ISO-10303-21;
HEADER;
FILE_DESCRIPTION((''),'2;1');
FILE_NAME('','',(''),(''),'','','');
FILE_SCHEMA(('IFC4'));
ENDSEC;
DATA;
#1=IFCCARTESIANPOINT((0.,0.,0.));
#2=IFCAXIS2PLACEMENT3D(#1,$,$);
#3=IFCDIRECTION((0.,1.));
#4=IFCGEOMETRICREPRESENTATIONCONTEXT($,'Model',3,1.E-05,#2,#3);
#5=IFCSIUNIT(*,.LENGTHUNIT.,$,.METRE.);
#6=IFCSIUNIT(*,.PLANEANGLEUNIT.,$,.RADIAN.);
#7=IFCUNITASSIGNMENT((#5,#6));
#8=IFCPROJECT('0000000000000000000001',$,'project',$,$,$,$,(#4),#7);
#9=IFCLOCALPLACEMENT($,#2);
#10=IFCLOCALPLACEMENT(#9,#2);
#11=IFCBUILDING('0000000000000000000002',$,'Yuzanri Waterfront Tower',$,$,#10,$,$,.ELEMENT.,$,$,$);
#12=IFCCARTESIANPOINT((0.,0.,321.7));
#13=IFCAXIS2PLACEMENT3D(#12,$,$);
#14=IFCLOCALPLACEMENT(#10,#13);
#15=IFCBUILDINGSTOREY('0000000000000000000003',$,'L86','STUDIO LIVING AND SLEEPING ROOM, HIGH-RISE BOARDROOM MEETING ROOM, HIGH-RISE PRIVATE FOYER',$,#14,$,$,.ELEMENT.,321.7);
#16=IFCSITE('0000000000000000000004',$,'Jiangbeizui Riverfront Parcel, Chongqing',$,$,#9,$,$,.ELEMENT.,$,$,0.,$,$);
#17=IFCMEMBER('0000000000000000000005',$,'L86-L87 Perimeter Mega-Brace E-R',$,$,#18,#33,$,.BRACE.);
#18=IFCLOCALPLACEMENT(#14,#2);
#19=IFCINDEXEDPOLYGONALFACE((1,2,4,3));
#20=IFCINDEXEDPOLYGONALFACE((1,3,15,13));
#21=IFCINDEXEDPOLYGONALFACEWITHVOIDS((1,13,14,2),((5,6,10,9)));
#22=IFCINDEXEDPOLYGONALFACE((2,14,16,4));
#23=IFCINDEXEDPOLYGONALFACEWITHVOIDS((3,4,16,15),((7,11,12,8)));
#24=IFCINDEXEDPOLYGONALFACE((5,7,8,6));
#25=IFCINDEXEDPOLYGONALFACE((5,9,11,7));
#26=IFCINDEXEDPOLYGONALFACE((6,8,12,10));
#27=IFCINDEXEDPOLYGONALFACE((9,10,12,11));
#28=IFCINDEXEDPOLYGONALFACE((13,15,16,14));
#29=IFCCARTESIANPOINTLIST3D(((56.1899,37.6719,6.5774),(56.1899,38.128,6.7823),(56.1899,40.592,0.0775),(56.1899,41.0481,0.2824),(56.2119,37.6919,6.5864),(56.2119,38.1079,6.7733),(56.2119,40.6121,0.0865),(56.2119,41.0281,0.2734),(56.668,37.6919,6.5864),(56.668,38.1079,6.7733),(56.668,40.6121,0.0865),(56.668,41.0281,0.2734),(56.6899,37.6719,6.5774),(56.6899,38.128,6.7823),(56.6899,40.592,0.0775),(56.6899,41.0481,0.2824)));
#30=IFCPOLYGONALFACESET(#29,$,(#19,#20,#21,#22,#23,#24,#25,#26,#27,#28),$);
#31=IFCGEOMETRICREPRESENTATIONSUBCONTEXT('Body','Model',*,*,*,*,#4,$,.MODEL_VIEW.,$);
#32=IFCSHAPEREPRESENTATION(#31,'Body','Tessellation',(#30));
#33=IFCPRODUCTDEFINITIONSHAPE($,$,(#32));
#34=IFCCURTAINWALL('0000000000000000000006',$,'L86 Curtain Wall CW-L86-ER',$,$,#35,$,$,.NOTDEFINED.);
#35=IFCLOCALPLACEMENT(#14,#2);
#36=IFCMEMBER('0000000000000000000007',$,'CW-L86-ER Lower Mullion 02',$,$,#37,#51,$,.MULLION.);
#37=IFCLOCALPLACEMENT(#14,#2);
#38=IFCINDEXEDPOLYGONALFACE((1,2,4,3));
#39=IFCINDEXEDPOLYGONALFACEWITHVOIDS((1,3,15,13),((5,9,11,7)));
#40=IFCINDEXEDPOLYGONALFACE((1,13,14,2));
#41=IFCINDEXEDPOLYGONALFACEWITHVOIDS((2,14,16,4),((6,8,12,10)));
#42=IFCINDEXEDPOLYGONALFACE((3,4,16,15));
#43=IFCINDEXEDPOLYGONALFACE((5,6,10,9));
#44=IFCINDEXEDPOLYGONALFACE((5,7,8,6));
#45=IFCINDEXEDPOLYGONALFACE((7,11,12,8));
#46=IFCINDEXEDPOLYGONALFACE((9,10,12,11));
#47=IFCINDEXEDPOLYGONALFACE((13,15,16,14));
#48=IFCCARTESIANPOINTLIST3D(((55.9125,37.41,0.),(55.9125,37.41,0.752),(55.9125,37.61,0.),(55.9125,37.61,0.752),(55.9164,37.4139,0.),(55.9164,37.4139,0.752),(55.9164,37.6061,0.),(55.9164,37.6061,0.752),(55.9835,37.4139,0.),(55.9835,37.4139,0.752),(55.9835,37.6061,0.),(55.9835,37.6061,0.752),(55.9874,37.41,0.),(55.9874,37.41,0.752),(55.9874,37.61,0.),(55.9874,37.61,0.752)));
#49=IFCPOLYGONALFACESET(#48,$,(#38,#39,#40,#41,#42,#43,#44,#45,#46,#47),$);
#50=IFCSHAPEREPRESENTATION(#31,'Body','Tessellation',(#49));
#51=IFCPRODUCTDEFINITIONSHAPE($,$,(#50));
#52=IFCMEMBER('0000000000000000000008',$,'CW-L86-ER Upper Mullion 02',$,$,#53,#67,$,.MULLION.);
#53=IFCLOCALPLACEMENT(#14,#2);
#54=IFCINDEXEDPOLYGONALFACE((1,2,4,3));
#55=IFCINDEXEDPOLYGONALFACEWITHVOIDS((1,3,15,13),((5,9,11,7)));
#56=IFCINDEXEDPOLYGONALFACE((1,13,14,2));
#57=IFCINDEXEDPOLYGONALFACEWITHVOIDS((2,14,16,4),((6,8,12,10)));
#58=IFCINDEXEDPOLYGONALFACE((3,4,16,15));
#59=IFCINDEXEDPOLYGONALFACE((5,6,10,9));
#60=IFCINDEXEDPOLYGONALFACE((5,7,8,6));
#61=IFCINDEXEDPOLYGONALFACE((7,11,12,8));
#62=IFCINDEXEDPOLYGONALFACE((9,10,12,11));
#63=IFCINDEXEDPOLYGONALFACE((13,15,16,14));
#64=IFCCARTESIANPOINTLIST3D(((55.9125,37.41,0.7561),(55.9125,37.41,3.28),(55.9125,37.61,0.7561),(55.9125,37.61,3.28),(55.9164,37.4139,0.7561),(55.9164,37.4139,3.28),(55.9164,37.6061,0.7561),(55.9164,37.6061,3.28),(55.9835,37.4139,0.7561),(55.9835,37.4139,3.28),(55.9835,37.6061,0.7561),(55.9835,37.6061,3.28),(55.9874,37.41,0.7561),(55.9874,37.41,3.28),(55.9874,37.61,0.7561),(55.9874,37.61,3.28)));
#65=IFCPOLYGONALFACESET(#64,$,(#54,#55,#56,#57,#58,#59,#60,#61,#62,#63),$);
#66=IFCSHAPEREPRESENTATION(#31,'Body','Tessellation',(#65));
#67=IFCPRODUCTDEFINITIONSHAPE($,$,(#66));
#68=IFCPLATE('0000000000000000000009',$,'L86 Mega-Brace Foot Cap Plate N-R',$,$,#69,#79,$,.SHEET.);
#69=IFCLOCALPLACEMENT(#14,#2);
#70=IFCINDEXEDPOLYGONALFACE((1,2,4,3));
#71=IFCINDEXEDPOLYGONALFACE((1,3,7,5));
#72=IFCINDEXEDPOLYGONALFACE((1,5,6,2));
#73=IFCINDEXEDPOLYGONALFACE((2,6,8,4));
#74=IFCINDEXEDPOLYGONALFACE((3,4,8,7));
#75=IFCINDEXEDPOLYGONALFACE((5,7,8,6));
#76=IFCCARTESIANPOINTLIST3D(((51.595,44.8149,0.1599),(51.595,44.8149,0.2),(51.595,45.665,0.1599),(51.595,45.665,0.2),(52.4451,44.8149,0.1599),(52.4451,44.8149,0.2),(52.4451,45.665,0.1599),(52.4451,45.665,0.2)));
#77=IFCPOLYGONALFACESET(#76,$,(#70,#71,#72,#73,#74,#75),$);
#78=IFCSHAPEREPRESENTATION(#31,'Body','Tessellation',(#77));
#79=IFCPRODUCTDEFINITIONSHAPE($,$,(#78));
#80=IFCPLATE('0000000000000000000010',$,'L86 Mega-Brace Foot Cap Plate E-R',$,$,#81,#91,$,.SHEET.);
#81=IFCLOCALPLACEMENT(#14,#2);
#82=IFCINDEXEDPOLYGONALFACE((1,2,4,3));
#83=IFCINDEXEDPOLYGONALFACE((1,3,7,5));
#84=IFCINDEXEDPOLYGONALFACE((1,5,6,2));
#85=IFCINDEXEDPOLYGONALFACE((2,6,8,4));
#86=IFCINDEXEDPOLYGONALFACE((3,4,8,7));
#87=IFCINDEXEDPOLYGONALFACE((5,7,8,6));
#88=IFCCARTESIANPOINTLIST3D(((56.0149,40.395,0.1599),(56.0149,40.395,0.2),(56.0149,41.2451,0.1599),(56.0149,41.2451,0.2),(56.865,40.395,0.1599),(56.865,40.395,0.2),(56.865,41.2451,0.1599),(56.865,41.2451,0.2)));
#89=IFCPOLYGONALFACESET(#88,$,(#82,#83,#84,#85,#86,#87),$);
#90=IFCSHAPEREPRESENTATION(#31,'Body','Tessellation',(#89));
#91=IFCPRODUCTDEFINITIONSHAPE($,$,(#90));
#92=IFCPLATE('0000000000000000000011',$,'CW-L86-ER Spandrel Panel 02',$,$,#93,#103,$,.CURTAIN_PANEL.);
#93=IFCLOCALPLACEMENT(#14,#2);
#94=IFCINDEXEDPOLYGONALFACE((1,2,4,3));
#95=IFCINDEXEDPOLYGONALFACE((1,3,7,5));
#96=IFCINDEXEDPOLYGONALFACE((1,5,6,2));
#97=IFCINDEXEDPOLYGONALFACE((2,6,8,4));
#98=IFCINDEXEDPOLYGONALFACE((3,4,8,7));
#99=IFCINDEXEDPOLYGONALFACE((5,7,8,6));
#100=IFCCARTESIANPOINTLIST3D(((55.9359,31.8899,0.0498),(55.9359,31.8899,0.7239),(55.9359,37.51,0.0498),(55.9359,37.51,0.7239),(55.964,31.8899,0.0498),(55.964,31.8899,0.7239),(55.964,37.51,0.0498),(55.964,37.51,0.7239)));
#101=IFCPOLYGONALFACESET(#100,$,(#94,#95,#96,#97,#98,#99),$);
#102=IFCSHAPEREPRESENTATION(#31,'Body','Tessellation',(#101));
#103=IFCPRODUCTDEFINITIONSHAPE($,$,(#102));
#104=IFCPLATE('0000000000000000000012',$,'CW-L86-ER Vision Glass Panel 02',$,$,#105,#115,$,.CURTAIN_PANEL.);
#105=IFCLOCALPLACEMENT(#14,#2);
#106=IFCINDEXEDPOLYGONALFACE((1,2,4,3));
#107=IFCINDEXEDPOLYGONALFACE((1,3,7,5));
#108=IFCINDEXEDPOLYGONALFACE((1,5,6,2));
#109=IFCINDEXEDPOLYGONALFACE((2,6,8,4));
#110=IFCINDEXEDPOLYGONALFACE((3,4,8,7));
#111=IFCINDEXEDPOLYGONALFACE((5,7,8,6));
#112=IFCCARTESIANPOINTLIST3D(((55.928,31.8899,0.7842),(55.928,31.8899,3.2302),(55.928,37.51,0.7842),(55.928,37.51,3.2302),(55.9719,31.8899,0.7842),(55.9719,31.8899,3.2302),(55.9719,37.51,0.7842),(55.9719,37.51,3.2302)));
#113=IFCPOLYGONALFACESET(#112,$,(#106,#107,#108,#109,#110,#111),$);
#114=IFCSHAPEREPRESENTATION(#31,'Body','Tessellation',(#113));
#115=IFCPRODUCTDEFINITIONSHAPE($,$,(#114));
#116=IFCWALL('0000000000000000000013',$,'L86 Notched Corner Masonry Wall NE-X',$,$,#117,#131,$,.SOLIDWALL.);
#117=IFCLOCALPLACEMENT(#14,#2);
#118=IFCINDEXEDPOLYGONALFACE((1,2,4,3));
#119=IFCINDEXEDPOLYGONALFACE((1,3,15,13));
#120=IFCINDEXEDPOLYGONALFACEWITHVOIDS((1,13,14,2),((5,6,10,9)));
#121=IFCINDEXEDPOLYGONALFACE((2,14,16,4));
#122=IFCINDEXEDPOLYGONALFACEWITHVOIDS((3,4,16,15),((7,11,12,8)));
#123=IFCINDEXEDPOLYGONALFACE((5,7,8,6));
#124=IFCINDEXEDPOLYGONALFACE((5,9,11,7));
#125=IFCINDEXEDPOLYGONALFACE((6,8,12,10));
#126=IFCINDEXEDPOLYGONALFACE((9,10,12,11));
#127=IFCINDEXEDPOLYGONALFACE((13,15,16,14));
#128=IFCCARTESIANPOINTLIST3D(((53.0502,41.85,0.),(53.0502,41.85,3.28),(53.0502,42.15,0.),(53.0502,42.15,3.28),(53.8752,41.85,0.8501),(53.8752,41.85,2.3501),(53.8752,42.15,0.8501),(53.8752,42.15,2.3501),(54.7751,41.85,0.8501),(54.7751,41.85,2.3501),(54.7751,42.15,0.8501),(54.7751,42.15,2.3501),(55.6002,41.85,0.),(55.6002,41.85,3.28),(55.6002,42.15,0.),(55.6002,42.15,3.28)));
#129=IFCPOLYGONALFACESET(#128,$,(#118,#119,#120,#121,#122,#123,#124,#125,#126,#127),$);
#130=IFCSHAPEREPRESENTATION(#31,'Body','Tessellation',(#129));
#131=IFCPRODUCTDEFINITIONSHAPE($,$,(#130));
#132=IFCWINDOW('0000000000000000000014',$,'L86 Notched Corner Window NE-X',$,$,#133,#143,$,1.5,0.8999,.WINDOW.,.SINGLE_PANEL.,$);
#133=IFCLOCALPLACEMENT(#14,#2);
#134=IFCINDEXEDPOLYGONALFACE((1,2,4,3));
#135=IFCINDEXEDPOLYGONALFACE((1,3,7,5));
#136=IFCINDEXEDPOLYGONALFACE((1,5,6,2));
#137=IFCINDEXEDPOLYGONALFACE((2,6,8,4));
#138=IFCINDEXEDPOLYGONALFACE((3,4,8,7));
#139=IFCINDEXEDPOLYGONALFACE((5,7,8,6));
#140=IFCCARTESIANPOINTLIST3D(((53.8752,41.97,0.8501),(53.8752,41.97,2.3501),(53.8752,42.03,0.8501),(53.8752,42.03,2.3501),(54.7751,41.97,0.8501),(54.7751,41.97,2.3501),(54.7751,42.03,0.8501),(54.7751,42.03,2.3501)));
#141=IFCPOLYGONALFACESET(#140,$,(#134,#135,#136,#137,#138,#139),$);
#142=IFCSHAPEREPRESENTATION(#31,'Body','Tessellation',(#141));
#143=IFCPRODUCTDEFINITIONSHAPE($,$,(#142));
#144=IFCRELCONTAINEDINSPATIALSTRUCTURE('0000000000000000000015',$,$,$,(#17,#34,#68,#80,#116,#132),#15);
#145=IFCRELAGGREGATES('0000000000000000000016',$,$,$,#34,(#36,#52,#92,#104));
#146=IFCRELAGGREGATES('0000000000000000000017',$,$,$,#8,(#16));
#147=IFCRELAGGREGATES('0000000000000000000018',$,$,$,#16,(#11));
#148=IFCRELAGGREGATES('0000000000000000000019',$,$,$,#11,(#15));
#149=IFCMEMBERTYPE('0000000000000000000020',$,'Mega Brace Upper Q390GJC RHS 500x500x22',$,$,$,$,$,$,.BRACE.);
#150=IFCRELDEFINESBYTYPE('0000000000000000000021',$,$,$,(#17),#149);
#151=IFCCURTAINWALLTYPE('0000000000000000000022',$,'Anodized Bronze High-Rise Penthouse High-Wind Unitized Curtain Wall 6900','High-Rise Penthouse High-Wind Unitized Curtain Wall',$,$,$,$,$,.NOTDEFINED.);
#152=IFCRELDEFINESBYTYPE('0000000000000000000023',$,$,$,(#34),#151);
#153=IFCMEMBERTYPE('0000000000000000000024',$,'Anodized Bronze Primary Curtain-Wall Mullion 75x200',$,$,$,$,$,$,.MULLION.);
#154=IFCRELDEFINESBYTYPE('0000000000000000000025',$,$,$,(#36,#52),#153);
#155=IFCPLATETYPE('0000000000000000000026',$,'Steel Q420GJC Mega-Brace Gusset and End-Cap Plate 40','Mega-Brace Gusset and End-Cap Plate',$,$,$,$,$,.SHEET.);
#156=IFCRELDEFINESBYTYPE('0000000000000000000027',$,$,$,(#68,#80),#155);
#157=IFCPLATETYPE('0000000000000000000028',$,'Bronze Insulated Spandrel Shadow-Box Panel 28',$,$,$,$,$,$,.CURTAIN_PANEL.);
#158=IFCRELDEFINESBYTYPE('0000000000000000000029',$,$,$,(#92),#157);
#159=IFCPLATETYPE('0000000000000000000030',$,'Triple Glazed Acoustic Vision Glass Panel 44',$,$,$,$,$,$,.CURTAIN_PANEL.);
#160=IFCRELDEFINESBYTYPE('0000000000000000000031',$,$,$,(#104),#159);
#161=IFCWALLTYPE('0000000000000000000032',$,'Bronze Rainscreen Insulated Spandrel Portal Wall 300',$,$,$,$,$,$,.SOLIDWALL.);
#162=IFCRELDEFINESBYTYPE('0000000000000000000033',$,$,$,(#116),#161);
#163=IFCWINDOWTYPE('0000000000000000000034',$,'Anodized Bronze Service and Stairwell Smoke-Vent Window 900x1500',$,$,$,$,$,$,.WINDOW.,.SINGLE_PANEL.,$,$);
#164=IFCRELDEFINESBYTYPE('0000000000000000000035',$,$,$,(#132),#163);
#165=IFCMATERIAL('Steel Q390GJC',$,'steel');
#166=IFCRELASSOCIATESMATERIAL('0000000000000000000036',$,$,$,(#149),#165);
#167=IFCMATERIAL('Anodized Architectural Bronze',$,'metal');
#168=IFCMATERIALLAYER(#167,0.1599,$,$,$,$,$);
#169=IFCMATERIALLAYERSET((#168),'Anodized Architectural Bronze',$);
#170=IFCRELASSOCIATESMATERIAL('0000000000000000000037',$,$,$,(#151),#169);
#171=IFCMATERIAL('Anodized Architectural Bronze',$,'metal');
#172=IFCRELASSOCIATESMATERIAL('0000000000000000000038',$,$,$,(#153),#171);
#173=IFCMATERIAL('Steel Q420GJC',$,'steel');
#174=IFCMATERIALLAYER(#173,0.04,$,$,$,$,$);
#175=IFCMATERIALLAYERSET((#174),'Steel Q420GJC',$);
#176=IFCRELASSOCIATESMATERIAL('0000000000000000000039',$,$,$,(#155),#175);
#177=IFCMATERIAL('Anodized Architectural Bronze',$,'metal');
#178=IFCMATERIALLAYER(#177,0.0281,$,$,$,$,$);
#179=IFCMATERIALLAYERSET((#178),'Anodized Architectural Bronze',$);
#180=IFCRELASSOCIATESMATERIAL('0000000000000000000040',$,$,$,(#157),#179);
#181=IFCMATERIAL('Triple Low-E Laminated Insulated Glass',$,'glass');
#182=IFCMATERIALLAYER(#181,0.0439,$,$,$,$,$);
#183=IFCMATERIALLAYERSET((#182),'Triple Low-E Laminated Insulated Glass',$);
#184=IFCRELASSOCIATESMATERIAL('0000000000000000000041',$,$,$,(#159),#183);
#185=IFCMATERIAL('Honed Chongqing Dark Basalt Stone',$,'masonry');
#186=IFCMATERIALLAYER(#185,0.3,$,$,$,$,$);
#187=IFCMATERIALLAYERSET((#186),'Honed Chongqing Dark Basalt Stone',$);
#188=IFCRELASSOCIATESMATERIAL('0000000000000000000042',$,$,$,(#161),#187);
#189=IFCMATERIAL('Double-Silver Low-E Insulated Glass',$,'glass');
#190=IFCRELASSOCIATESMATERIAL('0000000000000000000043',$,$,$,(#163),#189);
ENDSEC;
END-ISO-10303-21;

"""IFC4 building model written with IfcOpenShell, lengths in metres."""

from ifc_helpers import new_model, si_unit, direction, frame, frame_2d, origin, origin_2d, place, context, subcontext, project, spatial, rectangle, hollow_rectangle, extrude, source, transform, mapped, material, layer, layer_set, material_profile, profile_set, type_object, element, fill, aggregate, save


model = new_model("IFC4")

# Units and contexts
model_context = context("Model", 3, precision=1e-05, world=origin(), true_north=direction((0.0, 1.0)))
body_context = subcontext(model_context, "Body", "Model", "MODEL_VIEW")
ifc_project = project(units=[si_unit("LENGTHUNIT", "METRE"), si_unit("PLANEANGLEUNIT", "RADIAN")], contexts=[model_context])

# Site, building, storey
site_placement = place(None, origin())
site = spatial("IfcSite", under=ifc_project, at=site_placement, Name="Jiangbeizui Riverfront Parcel, Chongqing", CompositionType="ELEMENT", RefElevation=0.0)
building_placement = place(site_placement, origin())
building = spatial("IfcBuilding", under=site, at=building_placement, Name="Yuzanri Waterfront Tower", CompositionType="ELEMENT")
storey_placement = place(building_placement, frame((0.0, 0.0, 321.7)))
storey = spatial("IfcBuildingStorey", under=building, at=storey_placement, Name="L86", Description="STUDIO LIVING AND SLEEPING ROOM, HIGH-RISE BOARDROOM MEETING ROOM, HIGH-RISE PRIVATE FOYER", CompositionType="ELEMENT", Elevation=321.7)

# Member
ifc_material_1 = material(Name="Steel Q390GJC", Category="steel")
ifc_material_profile_1 = material_profile(ifc_material_1, hollow_rectangle(XDim=0.5, YDim=0.5, WallThickness=0.022, at=origin_2d()), Name="RHS 500x500x22")
ifc_profile_set_1 = profile_set([ifc_material_profile_1], Name="Steel Q390GJC")
member_type_1 = type_object("IfcMemberType", Name="Mega Brace Upper Q390GJC RHS 500x500x22", PredefinedType="BRACE", material=ifc_profile_set_1)
shared_shape_1 = source(origin(), body_context, "Body", "SweptSolid", [
    extrude(hollow_rectangle(XDim=0.5, YDim=0.5, WallThickness=0.022, at=origin_2d()), origin(), (0.0, 0.0, 1.0), 7.1257),
])
for number, where, z_axis, x_axis, name in (
    (1, (56.4399, 40.8201, 0.1799), (0.0, -0.4098, 0.912175), (1.0, 0.0, 0.0), "L86-L87 Perimeter Mega-Brace E-R"),
):
    element("IfcMember", number, at=place(storey_placement, frame(where, z_axis=z_axis, x_axis=x_axis)), inside=storey, type_object=member_type_1, Name=name, PredefinedType="BRACE", context=body_context, shape_type="MappedRepresentation", body=[
        mapped(shared_shape_1, transform((0.0, 0.0, 0.0), scale=1.0)),
    ])

# Curtain wall, members
ifc_material_2 = material(Name="Anodized Architectural Bronze", Category="metal")
ifc_layer_1 = layer(ifc_material_2, 0.1599)
ifc_layer_set_1 = layer_set([ifc_layer_1], Name="Anodized Architectural Bronze")
curtain_wall_type = type_object("IfcCurtainWallType", Name="Anodized Bronze High-Rise Penthouse High-Wind Unitized Curtain Wall 6900", Description="High-Rise Penthouse High-Wind Unitized Curtain Wall", PredefinedType="NOTDEFINED", material=ifc_layer_set_1)
curtain_wall_placement = place(storey_placement, origin())
curtain_wall = element("IfcCurtainWall", 2, at=curtain_wall_placement, inside=storey, type_object=curtain_wall_type, Name="L86 Curtain Wall CW-L86-ER", PredefinedType="NOTDEFINED")
ifc_material_3 = material(Name="Anodized Architectural Bronze", Category="metal")
ifc_material_profile_2 = material_profile(ifc_material_3, hollow_rectangle(XDim=0.075, YDim=0.2, WallThickness=0.0039, at=origin_2d()), Name="CWM 75x200")
ifc_profile_set_2 = profile_set([ifc_material_profile_2], Name="Anodized Architectural Bronze")
member_type_2 = type_object("IfcMemberType", Name="Anodized Bronze Primary Curtain-Wall Mullion 75x200", PredefinedType="MULLION", material=ifc_profile_set_2)
shared_shape_2 = source(origin(), body_context, "Body", "SweptSolid", [
    extrude(hollow_rectangle(XDim=0.075, YDim=0.2, WallThickness=0.0039, at=origin_2d()), origin(), (0.0, 0.0, 1.0), 0.752),
])
member_1_placement = place(storey_placement, frame((55.95, 37.51, 0.0), z_axis=(0.0, 0.0, 1.0), x_axis=(1.0, 0.0, 0.0)))
member_1 = element("IfcMember", 3, at=member_1_placement, type_object=member_type_2, Name="CW-L86-ER Lower Mullion 02", PredefinedType="MULLION", context=body_context, shape_type="MappedRepresentation", body=[
    mapped(shared_shape_2, transform((0.0, 0.0, 0.0), scale=1.0)),
])
shared_shape_3 = source(origin(), body_context, "Body", "SweptSolid", [
    extrude(hollow_rectangle(XDim=0.075, YDim=0.2, WallThickness=0.0039, at=origin_2d()), origin(), (0.0, 0.0, 1.0), 2.5239),
])
member_2_placement = place(storey_placement, frame((55.95, 37.51, 0.7561), z_axis=(0.0, 0.0, 1.0), x_axis=(1.0, 0.0, 0.0)))
member_2 = element("IfcMember", 4, at=member_2_placement, type_object=member_type_2, Name="CW-L86-ER Upper Mullion 02", PredefinedType="MULLION", context=body_context, shape_type="MappedRepresentation", body=[
    mapped(shared_shape_3, transform((0.0, 0.0, 0.0), scale=1.0)),
])

# Plates
ifc_material_4 = material(Name="Steel Q420GJC", Category="steel")
ifc_layer_2 = layer(ifc_material_4, 0.04)
ifc_layer_set_2 = layer_set([ifc_layer_2], Name="Steel Q420GJC")
plate_type_1 = type_object("IfcPlateType", Name="Steel Q420GJC Mega-Brace Gusset and End-Cap Plate 40", Description="Mega-Brace Gusset and End-Cap Plate", PredefinedType="SHEET", material=ifc_layer_set_2)
shared_shape_4 = source(origin(), body_context, "Body", "SweptSolid", [
    extrude(rectangle(XDim=0.8501, YDim=0.8501, at=origin_2d()), origin(), (0.0, 0.0, 1.0), 0.04),
])
for number, where, z_axis, x_axis, name in (
    (5, (52.02, 45.24, 0.1599), (0.0, 0.0, 1.0), (1.0, 0.0, 0.0), "L86 Mega-Brace Foot Cap Plate N-R"),
    (6, (56.4399, 40.8201, 0.1599), (0.0, 0.0, 1.0), (1.0, 0.0, 0.0), "L86 Mega-Brace Foot Cap Plate E-R"),
):
    element("IfcPlate", number, at=place(storey_placement, frame(where, z_axis=z_axis, x_axis=x_axis)), inside=storey, type_object=plate_type_1, Name=name, PredefinedType="SHEET", context=body_context, shape_type="MappedRepresentation", body=[
        mapped(shared_shape_4, transform((0.0, 0.0, 0.0), scale=1.0)),
    ])

# Plates
ifc_material_5 = material(Name="Anodized Architectural Bronze", Category="metal")
ifc_layer_3 = layer(ifc_material_5, 0.0281)
ifc_layer_set_3 = layer_set([ifc_layer_3], Name="Anodized Architectural Bronze")
plate_type_2 = type_object("IfcPlateType", Name="Bronze Insulated Spandrel Shadow-Box Panel 28", PredefinedType="CURTAIN_PANEL", material=ifc_layer_set_3)
shared_shape_5 = source(origin(), body_context, "Body", "SweptSolid", [
    extrude(rectangle(XDim=5.6201, YDim=0.0281, at=origin_2d()), origin(), (0.0, 0.0, 1.0), 0.6741),
])
plate_1_placement = place(storey_placement, frame((55.95, 34.7, 0.0498), z_axis=(0.0, 0.0, 1.0), x_axis=(0.0, 1.0, 0.0)))
plate_1 = element("IfcPlate", 7, at=plate_1_placement, type_object=plate_type_2, Name="CW-L86-ER Spandrel Panel 02", PredefinedType="CURTAIN_PANEL", context=body_context, shape_type="MappedRepresentation", body=[
    mapped(shared_shape_5, transform((0.0, 0.0, 0.0), scale=1.0)),
])
ifc_material_6 = material(Name="Triple Low-E Laminated Insulated Glass", Category="glass")
ifc_layer_4 = layer(ifc_material_6, 0.0439)
ifc_layer_set_4 = layer_set([ifc_layer_4], Name="Triple Low-E Laminated Insulated Glass")
plate_type_3 = type_object("IfcPlateType", Name="Triple Glazed Acoustic Vision Glass Panel 44", PredefinedType="CURTAIN_PANEL", material=ifc_layer_set_4)
shared_shape_6 = source(origin(), body_context, "Body", "SweptSolid", [
    extrude(rectangle(XDim=5.6201, YDim=0.0439, at=origin_2d()), origin(), (0.0, 0.0, 1.0), 2.446),
])
plate_2_placement = place(storey_placement, frame((55.95, 34.7, 0.7842), z_axis=(0.0, 0.0, 1.0), x_axis=(0.0, 1.0, 0.0)))
plate_2 = element("IfcPlate", 8, at=plate_2_placement, type_object=plate_type_3, Name="CW-L86-ER Vision Glass Panel 02", PredefinedType="CURTAIN_PANEL", context=body_context, shape_type="MappedRepresentation", body=[
    mapped(shared_shape_6, transform((0.0, 0.0, 0.0), scale=1.0)),
])
aggregate(curtain_wall, [member_1, member_2, plate_1, plate_2])

# Wall, opening, window
ifc_material_7 = material(Name="Honed Chongqing Dark Basalt Stone", Category="masonry")
ifc_layer_5 = layer(ifc_material_7, 0.3)
ifc_layer_set_5 = layer_set([ifc_layer_5], Name="Honed Chongqing Dark Basalt Stone")
wall_type_1 = type_object("IfcWallType", Name="Bronze Rainscreen Insulated Spandrel Portal Wall 300", PredefinedType="SOLIDWALL", material=ifc_layer_set_5)
wall_1_placement = place(storey_placement, frame((55.6001, 42.0, 0.0), z_axis=(0.0, 0.0, 1.0), x_axis=(-1.0, 0.0, 0.0)))
wall_1 = element("IfcWall", 9, at=wall_1_placement, inside=storey, type_object=wall_type_1, Name="L86 Notched Corner Masonry Wall NE-X", PredefinedType="SOLIDWALL", context=body_context, shape_type="SweptSolid", body=[
    extrude(rectangle(XDim=2.55, YDim=0.3, at=frame_2d((1.2749, 0.0))), origin(), (0.0, 0.0, 1.0), 3.28),
])
opening_1_placement = place(wall_1_placement, frame((0.825, 0.0, 0.8501)))
opening_1 = element("IfcOpeningElement", 10, at=opening_1_placement, cuts=wall_1, PredefinedType="OPENING", context=body_context, shape_type="SweptSolid", body=[
    extrude(rectangle(XDim=0.8999, YDim=1.5, at=frame_2d((0.45, 0.75))), frame((0.0, 0.165, 0.0), z_axis=(0.0, -1.0, 0.0), x_axis=(1.0, 0.0, 0.0)), (0.0, 0.0, 1.0), 0.3298),
])
ifc_material_8 = material(Name="Double-Silver Low-E Insulated Glass", Category="glass")
window_type_1 = type_object("IfcWindowType", Name="Anodized Bronze Service and Stairwell Smoke-Vent Window 900x1500", PartitioningType="SINGLE_PANEL", PredefinedType="WINDOW", material=ifc_material_8)
shared_shape_7 = source(origin(), body_context, "Body", "SweptSolid", [
    extrude(rectangle(XDim=0.8999, YDim=1.5, at=frame_2d((0.45, 0.75))), frame((0.0, 0.03, 0.0), z_axis=(0.0, -1.0, 0.0), x_axis=(1.0, 0.0, 0.0)), (0.0, 0.0, 1.0), 0.0601),
])
window_1_placement = place(opening_1_placement, origin())
window_1 = element("IfcWindow", 11, at=window_1_placement, inside=storey, type_object=window_type_1, Name="L86 Notched Corner Window NE-X", OverallHeight=1.5, OverallWidth=0.8999, PartitioningType="SINGLE_PANEL", PredefinedType="WINDOW", context=body_context, shape_type="MappedRepresentation", body=[
    mapped(shared_shape_7, transform((0.0, 0.0, 0.0), scale=1.0)),
])
fill(opening_1, window_1)

save(model, "model.ifc")
